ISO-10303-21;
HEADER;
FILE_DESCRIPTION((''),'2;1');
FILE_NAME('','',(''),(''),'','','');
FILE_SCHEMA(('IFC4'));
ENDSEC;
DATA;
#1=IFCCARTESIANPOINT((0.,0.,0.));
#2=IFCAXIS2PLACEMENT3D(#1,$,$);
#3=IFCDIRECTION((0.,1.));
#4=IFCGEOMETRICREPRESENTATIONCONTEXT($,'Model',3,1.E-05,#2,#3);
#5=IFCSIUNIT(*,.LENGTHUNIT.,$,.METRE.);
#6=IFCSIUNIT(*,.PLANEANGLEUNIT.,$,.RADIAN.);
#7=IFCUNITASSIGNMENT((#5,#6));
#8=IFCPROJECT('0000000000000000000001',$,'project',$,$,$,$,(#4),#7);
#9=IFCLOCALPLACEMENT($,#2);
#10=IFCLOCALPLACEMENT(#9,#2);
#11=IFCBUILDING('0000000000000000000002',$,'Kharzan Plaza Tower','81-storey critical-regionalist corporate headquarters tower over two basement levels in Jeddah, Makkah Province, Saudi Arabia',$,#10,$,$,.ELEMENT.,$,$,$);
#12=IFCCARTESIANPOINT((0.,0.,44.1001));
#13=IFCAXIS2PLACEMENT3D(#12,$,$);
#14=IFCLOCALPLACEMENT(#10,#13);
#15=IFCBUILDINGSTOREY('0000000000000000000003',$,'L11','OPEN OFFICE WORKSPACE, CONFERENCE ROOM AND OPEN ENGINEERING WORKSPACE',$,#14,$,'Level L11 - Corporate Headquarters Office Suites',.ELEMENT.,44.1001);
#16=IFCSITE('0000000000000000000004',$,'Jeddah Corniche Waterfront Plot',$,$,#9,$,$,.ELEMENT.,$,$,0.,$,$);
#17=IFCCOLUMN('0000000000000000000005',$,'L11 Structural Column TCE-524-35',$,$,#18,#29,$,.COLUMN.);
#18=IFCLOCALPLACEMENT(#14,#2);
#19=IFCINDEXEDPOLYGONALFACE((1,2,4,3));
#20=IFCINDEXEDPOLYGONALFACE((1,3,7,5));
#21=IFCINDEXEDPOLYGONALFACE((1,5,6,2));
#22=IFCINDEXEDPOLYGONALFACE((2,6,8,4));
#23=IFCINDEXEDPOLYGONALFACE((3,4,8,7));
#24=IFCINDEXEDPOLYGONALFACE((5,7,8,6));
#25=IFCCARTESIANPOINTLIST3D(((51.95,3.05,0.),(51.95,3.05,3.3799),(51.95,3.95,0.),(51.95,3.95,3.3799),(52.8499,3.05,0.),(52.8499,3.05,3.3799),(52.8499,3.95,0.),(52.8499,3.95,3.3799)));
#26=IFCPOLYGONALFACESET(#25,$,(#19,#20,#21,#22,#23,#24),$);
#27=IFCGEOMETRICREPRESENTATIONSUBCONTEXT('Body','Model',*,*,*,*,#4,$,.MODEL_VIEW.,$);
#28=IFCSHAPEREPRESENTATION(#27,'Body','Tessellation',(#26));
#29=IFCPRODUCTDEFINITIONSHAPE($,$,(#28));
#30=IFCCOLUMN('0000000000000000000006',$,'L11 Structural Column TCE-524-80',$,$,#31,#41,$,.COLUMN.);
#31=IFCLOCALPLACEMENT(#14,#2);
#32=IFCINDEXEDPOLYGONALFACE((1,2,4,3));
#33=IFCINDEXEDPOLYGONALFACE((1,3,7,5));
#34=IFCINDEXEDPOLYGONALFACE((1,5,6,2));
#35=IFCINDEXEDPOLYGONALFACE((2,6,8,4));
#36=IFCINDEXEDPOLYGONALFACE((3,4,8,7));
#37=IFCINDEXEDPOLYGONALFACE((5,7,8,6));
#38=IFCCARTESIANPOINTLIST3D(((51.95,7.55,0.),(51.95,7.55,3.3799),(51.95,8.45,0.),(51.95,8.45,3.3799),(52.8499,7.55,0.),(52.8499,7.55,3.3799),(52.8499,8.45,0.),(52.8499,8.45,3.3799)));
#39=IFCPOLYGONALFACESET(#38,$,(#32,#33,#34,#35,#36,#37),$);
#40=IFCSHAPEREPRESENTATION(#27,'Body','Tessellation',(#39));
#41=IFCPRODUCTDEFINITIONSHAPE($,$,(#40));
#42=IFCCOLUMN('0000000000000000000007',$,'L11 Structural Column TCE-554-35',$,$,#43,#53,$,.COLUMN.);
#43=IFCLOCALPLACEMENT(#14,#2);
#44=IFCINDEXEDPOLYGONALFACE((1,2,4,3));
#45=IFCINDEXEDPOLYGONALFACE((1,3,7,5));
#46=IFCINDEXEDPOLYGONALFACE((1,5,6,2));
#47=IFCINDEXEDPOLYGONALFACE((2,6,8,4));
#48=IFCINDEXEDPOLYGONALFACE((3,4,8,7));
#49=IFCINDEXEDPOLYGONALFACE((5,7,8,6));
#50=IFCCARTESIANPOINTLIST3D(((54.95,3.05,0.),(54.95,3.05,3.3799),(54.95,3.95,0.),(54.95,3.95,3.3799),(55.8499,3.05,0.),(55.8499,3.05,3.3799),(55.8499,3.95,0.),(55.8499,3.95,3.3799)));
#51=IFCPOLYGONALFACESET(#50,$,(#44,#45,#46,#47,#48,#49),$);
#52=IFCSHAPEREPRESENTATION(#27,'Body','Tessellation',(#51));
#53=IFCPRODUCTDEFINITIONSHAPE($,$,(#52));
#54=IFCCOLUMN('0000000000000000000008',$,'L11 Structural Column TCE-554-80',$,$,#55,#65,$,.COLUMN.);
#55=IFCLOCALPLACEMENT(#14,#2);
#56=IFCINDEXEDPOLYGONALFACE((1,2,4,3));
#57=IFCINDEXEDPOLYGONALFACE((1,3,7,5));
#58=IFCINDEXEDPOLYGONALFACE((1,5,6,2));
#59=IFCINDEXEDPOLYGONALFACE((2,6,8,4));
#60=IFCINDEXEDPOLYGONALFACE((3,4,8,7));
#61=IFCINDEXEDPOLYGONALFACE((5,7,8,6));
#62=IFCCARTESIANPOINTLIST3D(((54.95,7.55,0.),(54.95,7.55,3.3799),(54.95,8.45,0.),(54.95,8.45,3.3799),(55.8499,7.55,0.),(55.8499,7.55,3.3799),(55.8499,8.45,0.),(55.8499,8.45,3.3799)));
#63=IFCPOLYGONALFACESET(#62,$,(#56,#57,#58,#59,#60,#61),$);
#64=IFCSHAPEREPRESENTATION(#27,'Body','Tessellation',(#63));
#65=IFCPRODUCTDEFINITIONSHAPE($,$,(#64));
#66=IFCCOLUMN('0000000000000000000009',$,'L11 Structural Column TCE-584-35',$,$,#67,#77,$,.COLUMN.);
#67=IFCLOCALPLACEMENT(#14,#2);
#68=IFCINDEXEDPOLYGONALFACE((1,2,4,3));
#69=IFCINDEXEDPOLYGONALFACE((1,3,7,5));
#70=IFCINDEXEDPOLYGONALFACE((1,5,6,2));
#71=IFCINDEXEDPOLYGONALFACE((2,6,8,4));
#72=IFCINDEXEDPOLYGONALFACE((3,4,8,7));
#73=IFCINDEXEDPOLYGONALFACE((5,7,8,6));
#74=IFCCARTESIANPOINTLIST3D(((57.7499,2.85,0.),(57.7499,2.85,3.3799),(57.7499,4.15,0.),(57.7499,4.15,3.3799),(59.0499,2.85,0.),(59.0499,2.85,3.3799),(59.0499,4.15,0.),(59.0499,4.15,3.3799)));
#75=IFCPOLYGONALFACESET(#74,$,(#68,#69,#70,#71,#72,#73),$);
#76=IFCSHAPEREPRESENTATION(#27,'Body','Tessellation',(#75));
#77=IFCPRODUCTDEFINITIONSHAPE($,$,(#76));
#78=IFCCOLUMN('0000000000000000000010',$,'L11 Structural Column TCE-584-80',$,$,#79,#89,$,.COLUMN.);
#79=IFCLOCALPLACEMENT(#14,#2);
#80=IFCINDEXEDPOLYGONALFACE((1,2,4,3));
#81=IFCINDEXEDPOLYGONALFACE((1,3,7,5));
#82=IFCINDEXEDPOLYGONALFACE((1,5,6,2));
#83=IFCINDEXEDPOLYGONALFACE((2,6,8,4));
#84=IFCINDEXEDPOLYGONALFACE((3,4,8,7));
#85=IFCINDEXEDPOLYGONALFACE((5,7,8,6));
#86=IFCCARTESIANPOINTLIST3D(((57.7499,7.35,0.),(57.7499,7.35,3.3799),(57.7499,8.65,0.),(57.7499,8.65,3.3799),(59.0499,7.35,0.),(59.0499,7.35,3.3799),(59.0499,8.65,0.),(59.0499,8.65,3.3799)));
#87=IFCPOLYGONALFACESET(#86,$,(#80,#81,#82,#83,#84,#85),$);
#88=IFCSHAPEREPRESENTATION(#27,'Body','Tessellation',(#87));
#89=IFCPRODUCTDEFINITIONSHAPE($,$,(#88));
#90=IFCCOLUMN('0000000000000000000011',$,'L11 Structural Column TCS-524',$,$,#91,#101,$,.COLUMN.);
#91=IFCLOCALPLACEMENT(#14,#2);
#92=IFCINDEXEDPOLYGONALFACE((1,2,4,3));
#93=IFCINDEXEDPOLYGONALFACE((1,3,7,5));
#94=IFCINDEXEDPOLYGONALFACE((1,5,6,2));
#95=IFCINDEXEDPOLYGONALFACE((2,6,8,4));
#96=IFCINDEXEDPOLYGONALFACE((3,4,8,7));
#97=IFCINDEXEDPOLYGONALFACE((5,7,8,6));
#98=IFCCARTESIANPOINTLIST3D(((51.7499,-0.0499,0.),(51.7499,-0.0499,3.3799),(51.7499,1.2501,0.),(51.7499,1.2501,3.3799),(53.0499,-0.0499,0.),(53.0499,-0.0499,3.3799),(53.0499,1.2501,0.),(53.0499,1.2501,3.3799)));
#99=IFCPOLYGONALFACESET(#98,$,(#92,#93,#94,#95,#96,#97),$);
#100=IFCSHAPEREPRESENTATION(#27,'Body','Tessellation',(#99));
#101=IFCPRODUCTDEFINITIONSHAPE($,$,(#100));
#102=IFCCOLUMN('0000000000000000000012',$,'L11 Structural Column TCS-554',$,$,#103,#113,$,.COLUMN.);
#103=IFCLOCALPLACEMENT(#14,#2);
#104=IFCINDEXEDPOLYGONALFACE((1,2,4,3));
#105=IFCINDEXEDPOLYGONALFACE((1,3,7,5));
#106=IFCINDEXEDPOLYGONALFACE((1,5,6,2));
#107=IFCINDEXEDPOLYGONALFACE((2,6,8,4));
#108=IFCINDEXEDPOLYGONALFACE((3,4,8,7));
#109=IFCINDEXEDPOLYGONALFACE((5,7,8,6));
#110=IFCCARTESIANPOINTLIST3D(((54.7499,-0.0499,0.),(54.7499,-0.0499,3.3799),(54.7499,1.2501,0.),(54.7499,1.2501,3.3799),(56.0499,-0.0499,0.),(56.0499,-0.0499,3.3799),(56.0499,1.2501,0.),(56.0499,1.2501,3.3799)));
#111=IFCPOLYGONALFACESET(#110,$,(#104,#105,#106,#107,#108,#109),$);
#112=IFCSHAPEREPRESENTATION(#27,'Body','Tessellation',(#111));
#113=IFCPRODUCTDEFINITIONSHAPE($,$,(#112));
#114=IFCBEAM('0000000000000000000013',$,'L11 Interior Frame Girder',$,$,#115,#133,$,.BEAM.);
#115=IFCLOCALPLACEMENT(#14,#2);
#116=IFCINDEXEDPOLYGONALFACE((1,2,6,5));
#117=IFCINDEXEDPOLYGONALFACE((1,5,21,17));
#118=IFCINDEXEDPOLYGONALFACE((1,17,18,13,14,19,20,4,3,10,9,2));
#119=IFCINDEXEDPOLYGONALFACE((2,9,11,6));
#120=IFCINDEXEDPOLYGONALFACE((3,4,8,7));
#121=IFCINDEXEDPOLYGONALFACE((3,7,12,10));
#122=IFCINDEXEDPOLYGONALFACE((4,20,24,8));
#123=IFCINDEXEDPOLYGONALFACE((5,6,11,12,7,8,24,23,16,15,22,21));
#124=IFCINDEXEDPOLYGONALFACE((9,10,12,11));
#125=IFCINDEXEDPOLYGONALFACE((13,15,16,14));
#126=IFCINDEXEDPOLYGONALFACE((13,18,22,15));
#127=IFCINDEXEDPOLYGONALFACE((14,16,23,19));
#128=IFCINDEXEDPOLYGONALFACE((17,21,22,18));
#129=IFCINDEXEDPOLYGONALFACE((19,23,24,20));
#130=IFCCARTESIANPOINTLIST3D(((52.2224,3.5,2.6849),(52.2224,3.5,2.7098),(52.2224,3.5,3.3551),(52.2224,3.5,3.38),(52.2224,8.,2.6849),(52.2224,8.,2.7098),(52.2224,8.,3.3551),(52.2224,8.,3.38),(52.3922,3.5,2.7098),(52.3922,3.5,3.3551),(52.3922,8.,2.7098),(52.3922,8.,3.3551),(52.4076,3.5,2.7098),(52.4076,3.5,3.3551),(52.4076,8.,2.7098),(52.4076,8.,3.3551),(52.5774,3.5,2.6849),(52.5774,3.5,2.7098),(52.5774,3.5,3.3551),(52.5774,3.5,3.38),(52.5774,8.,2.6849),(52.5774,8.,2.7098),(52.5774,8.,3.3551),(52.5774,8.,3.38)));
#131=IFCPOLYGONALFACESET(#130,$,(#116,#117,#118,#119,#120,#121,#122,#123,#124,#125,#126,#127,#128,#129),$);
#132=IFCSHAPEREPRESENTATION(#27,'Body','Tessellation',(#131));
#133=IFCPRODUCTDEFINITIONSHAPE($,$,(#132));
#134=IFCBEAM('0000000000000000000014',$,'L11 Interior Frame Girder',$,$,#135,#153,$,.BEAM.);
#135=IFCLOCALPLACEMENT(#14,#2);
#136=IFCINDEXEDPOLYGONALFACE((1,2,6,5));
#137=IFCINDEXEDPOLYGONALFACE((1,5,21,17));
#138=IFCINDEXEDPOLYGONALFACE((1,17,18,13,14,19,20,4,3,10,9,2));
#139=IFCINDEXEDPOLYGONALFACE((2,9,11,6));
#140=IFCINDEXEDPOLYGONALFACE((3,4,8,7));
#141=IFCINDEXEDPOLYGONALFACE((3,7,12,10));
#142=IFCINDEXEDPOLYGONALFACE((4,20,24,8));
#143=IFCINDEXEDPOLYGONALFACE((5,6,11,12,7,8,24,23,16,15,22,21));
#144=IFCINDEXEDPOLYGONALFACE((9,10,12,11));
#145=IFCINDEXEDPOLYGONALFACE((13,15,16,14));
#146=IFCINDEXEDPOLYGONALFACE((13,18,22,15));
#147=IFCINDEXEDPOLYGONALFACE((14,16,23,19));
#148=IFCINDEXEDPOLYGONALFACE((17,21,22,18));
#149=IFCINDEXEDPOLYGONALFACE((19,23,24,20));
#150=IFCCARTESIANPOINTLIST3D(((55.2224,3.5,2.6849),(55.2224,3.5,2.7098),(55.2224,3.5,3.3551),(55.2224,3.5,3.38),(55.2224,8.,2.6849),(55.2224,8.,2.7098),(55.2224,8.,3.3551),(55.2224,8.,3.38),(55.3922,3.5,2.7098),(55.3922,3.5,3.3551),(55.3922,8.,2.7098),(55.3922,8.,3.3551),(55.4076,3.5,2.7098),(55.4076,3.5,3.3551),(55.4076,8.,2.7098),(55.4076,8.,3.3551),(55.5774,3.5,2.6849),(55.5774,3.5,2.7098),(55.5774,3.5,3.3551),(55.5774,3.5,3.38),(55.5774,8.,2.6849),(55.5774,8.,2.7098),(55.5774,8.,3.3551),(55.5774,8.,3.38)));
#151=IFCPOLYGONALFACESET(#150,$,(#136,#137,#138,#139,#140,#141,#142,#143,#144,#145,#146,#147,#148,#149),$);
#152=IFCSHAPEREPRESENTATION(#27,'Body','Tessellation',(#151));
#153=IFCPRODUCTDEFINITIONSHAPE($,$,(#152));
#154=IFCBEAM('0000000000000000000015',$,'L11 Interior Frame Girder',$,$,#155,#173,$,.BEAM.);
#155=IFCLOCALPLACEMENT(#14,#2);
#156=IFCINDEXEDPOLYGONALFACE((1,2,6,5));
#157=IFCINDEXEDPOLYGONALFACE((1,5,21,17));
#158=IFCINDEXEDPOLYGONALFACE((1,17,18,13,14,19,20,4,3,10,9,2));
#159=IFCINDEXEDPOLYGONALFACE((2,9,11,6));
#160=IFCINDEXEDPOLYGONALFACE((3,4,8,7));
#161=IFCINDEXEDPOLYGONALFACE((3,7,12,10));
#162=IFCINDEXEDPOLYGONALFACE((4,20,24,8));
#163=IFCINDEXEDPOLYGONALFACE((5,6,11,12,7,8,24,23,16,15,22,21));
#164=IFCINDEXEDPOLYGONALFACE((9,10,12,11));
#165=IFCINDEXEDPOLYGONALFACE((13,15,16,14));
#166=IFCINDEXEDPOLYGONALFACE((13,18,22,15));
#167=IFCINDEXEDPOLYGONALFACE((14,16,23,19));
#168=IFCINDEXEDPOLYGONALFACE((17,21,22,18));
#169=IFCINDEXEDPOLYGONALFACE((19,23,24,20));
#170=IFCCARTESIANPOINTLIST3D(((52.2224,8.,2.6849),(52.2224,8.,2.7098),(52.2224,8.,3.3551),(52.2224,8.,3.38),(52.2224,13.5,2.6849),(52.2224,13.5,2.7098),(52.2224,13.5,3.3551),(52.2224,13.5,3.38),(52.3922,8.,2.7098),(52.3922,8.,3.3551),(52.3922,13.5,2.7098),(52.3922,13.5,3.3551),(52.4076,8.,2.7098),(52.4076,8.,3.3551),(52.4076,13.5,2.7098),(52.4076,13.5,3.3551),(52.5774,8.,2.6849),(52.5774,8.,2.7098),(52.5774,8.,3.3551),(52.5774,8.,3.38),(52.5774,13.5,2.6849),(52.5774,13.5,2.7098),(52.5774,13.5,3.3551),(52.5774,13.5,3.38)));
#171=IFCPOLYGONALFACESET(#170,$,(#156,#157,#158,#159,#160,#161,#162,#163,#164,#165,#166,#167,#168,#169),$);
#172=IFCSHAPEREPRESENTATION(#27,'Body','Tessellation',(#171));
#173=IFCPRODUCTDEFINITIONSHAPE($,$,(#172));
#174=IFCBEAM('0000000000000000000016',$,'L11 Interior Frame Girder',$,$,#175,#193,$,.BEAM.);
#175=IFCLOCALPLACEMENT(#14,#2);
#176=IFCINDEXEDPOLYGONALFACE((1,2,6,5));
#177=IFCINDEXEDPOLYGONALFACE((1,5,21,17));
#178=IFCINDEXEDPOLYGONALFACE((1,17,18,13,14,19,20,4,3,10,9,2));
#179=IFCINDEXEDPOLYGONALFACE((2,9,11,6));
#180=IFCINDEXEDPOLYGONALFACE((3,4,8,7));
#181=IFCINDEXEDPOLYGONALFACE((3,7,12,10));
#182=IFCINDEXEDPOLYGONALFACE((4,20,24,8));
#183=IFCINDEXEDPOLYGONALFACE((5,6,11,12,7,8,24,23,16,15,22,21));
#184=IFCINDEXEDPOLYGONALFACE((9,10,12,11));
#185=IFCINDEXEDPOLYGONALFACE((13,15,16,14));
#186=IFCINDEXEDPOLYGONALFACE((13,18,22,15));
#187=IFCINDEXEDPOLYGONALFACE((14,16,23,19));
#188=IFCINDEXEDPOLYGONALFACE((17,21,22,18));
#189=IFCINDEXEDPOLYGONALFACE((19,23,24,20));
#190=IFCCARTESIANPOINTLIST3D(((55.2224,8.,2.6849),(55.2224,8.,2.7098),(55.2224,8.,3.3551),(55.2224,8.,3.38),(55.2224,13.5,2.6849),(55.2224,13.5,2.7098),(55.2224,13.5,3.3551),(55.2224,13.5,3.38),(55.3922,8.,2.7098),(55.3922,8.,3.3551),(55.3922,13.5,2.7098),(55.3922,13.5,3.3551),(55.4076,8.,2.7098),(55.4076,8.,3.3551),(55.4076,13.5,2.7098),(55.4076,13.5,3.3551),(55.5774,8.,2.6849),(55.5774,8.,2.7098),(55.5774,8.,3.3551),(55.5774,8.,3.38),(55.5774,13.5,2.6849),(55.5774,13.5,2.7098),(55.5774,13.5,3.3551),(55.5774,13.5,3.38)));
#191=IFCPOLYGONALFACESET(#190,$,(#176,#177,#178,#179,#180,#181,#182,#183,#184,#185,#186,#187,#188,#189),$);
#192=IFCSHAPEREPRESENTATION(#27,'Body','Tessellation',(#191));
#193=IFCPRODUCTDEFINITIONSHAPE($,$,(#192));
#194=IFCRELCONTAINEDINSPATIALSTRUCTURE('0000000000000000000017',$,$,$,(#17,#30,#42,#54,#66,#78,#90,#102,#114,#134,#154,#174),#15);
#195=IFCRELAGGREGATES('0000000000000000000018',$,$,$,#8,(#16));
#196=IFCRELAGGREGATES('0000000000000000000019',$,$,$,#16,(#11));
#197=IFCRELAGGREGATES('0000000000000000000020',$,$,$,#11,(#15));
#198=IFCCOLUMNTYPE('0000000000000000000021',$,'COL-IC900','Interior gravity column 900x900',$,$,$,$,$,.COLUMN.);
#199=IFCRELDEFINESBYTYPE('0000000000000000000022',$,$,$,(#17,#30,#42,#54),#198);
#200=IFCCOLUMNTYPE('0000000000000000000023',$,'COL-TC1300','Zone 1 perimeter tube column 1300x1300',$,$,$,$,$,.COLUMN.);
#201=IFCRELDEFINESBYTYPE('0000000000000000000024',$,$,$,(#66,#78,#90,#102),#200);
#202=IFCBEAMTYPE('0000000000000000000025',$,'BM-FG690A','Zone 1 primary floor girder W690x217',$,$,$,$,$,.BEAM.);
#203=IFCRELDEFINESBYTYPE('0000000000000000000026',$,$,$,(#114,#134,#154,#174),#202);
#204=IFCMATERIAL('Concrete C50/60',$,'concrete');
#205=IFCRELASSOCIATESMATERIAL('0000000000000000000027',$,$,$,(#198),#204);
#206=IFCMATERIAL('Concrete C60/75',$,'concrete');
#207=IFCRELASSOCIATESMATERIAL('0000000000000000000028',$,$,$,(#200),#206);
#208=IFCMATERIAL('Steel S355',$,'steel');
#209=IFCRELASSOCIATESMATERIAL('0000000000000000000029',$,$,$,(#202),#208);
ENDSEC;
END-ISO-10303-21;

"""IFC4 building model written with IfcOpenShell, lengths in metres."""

from ifc_helpers import new_model, si_unit, direction, frame, origin, origin_2d, place, context, subcontext, project, spatial, rectangle, i_section, extrude, source, transform, mapped, material, material_profile, profile_set, type_object, element, save


model = new_model("IFC4")

# Units and contexts
model_context = context("Model", 3, precision=1e-05, world=origin(), true_north=direction((0.0, 1.0)))
body_context = subcontext(model_context, "Body", "Model", "MODEL_VIEW")
ifc_project = project(units=[si_unit("LENGTHUNIT", "METRE"), si_unit("PLANEANGLEUNIT", "RADIAN")], contexts=[model_context])

# Site, building, storey
site_placement = place(None, origin())
site = spatial("IfcSite", under=ifc_project, at=site_placement, Name="Jeddah Corniche Waterfront Plot", CompositionType="ELEMENT", RefElevation=0.0)
building_placement = place(site_placement, origin())
building = spatial("IfcBuilding", under=site, at=building_placement, Name="Kharzan Plaza Tower", Description="81-storey critical-regionalist corporate headquarters tower over two basement levels in Jeddah, Makkah Province, Saudi Arabia", CompositionType="ELEMENT")
storey_placement = place(building_placement, frame((0.0, 0.0, 44.1001)))
storey = spatial("IfcBuildingStorey", under=building, at=storey_placement, Name="L11", Description="OPEN OFFICE WORKSPACE, CONFERENCE ROOM AND OPEN ENGINEERING WORKSPACE", LongName="Level L11 - Corporate Headquarters Office Suites", CompositionType="ELEMENT", Elevation=44.1001)

# Columns
ifc_material_1 = material(Name="Concrete C50/60", Category="concrete")
ifc_material_profile_1 = material_profile(ifc_material_1, rectangle(XDim=0.8999, YDim=0.8999, at=origin_2d()), Name="RC-IC900x900")
ifc_profile_set_1 = profile_set([ifc_material_profile_1], Name="Concrete C50/60")
column_type_1 = type_object("IfcColumnType", Name="COL-IC900", Description="Interior gravity column 900x900", PredefinedType="COLUMN", material=ifc_profile_set_1)
shared_shape_1 = source(origin(), body_context, "Body", "SweptSolid", [
    extrude(rectangle(XDim=0.8999, YDim=0.8999, at=origin_2d()), origin(), (0.0, 0.0, 1.0), 3.3799),
])
for number, where, z_axis, x_axis, name in (
    (1, (52.3999, 3.5, 0.0), (0.0, 0.0, 1.0), (1.0, 0.0, 0.0), "L11 Structural Column TCE-524-35"),
    (2, (52.3999, 8.0, 0.0), (0.0, 0.0, 1.0), (1.0, 0.0, 0.0), "L11 Structural Column TCE-524-80"),
    (3, (55.3999, 3.5, 0.0), (0.0, 0.0, 1.0), (1.0, 0.0, 0.0), "L11 Structural Column TCE-554-35"),
    (4, (55.3999, 8.0, 0.0), (0.0, 0.0, 1.0), (1.0, 0.0, 0.0), "L11 Structural Column TCE-554-80"),
):
    element("IfcColumn", number, at=place(storey_placement, frame(where, z_axis=z_axis, x_axis=x_axis)), inside=storey, type_object=column_type_1, Name=name, PredefinedType="COLUMN", context=body_context, shape_type="MappedRepresentation", body=[
        mapped(shared_shape_1, transform((0.0, 0.0, 0.0), x_axis=(1.0, 0.0, 0.0), y_axis=(0.0, 1.0, 0.0), z_axis=(0.0, 0.0, 1.0))),
    ])
ifc_material_2 = material(Name="Concrete C60/75", Category="concrete")
ifc_material_profile_2 = material_profile(ifc_material_2, rectangle(XDim=1.3, YDim=1.3, at=origin_2d()), Name="RC-TC1300x1300")
ifc_profile_set_2 = profile_set([ifc_material_profile_2], Name="Concrete C60/75")
column_type_2 = type_object("IfcColumnType", Name="COL-TC1300", Description="Zone 1 perimeter tube column 1300x1300", PredefinedType="COLUMN", material=ifc_profile_set_2)
shared_shape_2 = source(origin(), body_context, "Body", "SweptSolid", [
    extrude(rectangle(XDim=1.3, YDim=1.3, at=origin_2d()), origin(), (0.0, 0.0, 1.0), 3.3799),
])
for number, where, z_axis, x_axis, name in (
    (5, (58.3999, 3.5, 0.0), (0.0, 0.0, 1.0), (1.0, 0.0, 0.0), "L11 Structural Column TCE-584-35"),
    (6, (58.3999, 8.0, 0.0), (0.0, 0.0, 1.0), (1.0, 0.0, 0.0), "L11 Structural Column TCE-584-80"),
    (7, (52.3999, 0.6001, 0.0), (0.0, 0.0, 1.0), (1.0, 0.0, 0.0), "L11 Structural Column TCS-524"),
    (8, (55.3999, 0.6001, 0.0), (0.0, 0.0, 1.0), (1.0, 0.0, 0.0), "L11 Structural Column TCS-554"),
):
    element("IfcColumn", number, at=place(storey_placement, frame(where, z_axis=z_axis, x_axis=x_axis)), inside=storey, type_object=column_type_2, Name=name, PredefinedType="COLUMN", context=body_context, shape_type="MappedRepresentation", body=[
        mapped(shared_shape_2, transform((0.0, 0.0, 0.0), x_axis=(1.0, 0.0, 0.0), y_axis=(0.0, 1.0, 0.0), z_axis=(0.0, 0.0, 1.0))),
    ])

# Beams
ifc_material_3 = material(Name="Steel S355", Category="steel")
ifc_material_profile_3 = material_profile(ifc_material_3, i_section(OverallWidth=0.355, OverallDepth=0.6951, WebThickness=0.0154, FlangeThickness=0.0249, at=origin_2d()), Name="W690x217")
ifc_profile_set_3 = profile_set([ifc_material_profile_3], Name="Steel S355")
beam_type_1 = type_object("IfcBeamType", Name="BM-FG690A", Description="Zone 1 primary floor girder W690x217", PredefinedType="BEAM", material=ifc_profile_set_3)
shared_shape_3 = source(origin(), body_context, "Body", "SweptSolid", [
    extrude(i_section(OverallWidth=0.355, OverallDepth=0.6951, WebThickness=0.0154, FlangeThickness=0.0249, at=origin_2d()), origin(), (0.0, 0.0, 1.0), 4.5),
])
for number, where, z_axis, x_axis, name in (
    (9, (52.3999, 3.5, 3.0325), (0.0, 1.0, 0.0), (-1.0, 0.0, 0.0), "L11 Interior Frame Girder"),
    (10, (55.3999, 3.5, 3.0325), (0.0, 1.0, 0.0), (-1.0, 0.0, 0.0), "L11 Interior Frame Girder"),
):
    element("IfcBeam", number, at=place(storey_placement, frame(where, z_axis=z_axis, x_axis=x_axis)), inside=storey, type_object=beam_type_1, Name=name, PredefinedType="BEAM", context=body_context, shape_type="MappedRepresentation", body=[
        mapped(shared_shape_3, transform((0.0, 0.0, 0.0), x_axis=(1.0, 0.0, 0.0), y_axis=(0.0, 1.0, 0.0), z_axis=(0.0, 0.0, 1.0))),
    ])
shared_shape_4 = source(origin(), body_context, "Body", "SweptSolid", [
    extrude(i_section(OverallWidth=0.355, OverallDepth=0.6951, WebThickness=0.0154, FlangeThickness=0.0249, at=origin_2d()), origin(), (0.0, 0.0, 1.0), 5.5),
])
for number, where, z_axis, x_axis, name in (
    (11, (52.3999, 8.0, 3.0325), (0.0, 1.0, 0.0), (-1.0, 0.0, 0.0), "L11 Interior Frame Girder"),
    (12, (55.3999, 8.0, 3.0325), (0.0, 1.0, 0.0), (-1.0, 0.0, 0.0), "L11 Interior Frame Girder"),
):
    element("IfcBeam", number, at=place(storey_placement, frame(where, z_axis=z_axis, x_axis=x_axis)), inside=storey, type_object=beam_type_1, Name=name, PredefinedType="BEAM", context=body_context, shape_type="MappedRepresentation", body=[
        mapped(shared_shape_4, transform((0.0, 0.0, 0.0), x_axis=(1.0, 0.0, 0.0), y_axis=(0.0, 1.0, 0.0), z_axis=(0.0, 0.0, 1.0))),
    ])

save(model, "model.ifc")
